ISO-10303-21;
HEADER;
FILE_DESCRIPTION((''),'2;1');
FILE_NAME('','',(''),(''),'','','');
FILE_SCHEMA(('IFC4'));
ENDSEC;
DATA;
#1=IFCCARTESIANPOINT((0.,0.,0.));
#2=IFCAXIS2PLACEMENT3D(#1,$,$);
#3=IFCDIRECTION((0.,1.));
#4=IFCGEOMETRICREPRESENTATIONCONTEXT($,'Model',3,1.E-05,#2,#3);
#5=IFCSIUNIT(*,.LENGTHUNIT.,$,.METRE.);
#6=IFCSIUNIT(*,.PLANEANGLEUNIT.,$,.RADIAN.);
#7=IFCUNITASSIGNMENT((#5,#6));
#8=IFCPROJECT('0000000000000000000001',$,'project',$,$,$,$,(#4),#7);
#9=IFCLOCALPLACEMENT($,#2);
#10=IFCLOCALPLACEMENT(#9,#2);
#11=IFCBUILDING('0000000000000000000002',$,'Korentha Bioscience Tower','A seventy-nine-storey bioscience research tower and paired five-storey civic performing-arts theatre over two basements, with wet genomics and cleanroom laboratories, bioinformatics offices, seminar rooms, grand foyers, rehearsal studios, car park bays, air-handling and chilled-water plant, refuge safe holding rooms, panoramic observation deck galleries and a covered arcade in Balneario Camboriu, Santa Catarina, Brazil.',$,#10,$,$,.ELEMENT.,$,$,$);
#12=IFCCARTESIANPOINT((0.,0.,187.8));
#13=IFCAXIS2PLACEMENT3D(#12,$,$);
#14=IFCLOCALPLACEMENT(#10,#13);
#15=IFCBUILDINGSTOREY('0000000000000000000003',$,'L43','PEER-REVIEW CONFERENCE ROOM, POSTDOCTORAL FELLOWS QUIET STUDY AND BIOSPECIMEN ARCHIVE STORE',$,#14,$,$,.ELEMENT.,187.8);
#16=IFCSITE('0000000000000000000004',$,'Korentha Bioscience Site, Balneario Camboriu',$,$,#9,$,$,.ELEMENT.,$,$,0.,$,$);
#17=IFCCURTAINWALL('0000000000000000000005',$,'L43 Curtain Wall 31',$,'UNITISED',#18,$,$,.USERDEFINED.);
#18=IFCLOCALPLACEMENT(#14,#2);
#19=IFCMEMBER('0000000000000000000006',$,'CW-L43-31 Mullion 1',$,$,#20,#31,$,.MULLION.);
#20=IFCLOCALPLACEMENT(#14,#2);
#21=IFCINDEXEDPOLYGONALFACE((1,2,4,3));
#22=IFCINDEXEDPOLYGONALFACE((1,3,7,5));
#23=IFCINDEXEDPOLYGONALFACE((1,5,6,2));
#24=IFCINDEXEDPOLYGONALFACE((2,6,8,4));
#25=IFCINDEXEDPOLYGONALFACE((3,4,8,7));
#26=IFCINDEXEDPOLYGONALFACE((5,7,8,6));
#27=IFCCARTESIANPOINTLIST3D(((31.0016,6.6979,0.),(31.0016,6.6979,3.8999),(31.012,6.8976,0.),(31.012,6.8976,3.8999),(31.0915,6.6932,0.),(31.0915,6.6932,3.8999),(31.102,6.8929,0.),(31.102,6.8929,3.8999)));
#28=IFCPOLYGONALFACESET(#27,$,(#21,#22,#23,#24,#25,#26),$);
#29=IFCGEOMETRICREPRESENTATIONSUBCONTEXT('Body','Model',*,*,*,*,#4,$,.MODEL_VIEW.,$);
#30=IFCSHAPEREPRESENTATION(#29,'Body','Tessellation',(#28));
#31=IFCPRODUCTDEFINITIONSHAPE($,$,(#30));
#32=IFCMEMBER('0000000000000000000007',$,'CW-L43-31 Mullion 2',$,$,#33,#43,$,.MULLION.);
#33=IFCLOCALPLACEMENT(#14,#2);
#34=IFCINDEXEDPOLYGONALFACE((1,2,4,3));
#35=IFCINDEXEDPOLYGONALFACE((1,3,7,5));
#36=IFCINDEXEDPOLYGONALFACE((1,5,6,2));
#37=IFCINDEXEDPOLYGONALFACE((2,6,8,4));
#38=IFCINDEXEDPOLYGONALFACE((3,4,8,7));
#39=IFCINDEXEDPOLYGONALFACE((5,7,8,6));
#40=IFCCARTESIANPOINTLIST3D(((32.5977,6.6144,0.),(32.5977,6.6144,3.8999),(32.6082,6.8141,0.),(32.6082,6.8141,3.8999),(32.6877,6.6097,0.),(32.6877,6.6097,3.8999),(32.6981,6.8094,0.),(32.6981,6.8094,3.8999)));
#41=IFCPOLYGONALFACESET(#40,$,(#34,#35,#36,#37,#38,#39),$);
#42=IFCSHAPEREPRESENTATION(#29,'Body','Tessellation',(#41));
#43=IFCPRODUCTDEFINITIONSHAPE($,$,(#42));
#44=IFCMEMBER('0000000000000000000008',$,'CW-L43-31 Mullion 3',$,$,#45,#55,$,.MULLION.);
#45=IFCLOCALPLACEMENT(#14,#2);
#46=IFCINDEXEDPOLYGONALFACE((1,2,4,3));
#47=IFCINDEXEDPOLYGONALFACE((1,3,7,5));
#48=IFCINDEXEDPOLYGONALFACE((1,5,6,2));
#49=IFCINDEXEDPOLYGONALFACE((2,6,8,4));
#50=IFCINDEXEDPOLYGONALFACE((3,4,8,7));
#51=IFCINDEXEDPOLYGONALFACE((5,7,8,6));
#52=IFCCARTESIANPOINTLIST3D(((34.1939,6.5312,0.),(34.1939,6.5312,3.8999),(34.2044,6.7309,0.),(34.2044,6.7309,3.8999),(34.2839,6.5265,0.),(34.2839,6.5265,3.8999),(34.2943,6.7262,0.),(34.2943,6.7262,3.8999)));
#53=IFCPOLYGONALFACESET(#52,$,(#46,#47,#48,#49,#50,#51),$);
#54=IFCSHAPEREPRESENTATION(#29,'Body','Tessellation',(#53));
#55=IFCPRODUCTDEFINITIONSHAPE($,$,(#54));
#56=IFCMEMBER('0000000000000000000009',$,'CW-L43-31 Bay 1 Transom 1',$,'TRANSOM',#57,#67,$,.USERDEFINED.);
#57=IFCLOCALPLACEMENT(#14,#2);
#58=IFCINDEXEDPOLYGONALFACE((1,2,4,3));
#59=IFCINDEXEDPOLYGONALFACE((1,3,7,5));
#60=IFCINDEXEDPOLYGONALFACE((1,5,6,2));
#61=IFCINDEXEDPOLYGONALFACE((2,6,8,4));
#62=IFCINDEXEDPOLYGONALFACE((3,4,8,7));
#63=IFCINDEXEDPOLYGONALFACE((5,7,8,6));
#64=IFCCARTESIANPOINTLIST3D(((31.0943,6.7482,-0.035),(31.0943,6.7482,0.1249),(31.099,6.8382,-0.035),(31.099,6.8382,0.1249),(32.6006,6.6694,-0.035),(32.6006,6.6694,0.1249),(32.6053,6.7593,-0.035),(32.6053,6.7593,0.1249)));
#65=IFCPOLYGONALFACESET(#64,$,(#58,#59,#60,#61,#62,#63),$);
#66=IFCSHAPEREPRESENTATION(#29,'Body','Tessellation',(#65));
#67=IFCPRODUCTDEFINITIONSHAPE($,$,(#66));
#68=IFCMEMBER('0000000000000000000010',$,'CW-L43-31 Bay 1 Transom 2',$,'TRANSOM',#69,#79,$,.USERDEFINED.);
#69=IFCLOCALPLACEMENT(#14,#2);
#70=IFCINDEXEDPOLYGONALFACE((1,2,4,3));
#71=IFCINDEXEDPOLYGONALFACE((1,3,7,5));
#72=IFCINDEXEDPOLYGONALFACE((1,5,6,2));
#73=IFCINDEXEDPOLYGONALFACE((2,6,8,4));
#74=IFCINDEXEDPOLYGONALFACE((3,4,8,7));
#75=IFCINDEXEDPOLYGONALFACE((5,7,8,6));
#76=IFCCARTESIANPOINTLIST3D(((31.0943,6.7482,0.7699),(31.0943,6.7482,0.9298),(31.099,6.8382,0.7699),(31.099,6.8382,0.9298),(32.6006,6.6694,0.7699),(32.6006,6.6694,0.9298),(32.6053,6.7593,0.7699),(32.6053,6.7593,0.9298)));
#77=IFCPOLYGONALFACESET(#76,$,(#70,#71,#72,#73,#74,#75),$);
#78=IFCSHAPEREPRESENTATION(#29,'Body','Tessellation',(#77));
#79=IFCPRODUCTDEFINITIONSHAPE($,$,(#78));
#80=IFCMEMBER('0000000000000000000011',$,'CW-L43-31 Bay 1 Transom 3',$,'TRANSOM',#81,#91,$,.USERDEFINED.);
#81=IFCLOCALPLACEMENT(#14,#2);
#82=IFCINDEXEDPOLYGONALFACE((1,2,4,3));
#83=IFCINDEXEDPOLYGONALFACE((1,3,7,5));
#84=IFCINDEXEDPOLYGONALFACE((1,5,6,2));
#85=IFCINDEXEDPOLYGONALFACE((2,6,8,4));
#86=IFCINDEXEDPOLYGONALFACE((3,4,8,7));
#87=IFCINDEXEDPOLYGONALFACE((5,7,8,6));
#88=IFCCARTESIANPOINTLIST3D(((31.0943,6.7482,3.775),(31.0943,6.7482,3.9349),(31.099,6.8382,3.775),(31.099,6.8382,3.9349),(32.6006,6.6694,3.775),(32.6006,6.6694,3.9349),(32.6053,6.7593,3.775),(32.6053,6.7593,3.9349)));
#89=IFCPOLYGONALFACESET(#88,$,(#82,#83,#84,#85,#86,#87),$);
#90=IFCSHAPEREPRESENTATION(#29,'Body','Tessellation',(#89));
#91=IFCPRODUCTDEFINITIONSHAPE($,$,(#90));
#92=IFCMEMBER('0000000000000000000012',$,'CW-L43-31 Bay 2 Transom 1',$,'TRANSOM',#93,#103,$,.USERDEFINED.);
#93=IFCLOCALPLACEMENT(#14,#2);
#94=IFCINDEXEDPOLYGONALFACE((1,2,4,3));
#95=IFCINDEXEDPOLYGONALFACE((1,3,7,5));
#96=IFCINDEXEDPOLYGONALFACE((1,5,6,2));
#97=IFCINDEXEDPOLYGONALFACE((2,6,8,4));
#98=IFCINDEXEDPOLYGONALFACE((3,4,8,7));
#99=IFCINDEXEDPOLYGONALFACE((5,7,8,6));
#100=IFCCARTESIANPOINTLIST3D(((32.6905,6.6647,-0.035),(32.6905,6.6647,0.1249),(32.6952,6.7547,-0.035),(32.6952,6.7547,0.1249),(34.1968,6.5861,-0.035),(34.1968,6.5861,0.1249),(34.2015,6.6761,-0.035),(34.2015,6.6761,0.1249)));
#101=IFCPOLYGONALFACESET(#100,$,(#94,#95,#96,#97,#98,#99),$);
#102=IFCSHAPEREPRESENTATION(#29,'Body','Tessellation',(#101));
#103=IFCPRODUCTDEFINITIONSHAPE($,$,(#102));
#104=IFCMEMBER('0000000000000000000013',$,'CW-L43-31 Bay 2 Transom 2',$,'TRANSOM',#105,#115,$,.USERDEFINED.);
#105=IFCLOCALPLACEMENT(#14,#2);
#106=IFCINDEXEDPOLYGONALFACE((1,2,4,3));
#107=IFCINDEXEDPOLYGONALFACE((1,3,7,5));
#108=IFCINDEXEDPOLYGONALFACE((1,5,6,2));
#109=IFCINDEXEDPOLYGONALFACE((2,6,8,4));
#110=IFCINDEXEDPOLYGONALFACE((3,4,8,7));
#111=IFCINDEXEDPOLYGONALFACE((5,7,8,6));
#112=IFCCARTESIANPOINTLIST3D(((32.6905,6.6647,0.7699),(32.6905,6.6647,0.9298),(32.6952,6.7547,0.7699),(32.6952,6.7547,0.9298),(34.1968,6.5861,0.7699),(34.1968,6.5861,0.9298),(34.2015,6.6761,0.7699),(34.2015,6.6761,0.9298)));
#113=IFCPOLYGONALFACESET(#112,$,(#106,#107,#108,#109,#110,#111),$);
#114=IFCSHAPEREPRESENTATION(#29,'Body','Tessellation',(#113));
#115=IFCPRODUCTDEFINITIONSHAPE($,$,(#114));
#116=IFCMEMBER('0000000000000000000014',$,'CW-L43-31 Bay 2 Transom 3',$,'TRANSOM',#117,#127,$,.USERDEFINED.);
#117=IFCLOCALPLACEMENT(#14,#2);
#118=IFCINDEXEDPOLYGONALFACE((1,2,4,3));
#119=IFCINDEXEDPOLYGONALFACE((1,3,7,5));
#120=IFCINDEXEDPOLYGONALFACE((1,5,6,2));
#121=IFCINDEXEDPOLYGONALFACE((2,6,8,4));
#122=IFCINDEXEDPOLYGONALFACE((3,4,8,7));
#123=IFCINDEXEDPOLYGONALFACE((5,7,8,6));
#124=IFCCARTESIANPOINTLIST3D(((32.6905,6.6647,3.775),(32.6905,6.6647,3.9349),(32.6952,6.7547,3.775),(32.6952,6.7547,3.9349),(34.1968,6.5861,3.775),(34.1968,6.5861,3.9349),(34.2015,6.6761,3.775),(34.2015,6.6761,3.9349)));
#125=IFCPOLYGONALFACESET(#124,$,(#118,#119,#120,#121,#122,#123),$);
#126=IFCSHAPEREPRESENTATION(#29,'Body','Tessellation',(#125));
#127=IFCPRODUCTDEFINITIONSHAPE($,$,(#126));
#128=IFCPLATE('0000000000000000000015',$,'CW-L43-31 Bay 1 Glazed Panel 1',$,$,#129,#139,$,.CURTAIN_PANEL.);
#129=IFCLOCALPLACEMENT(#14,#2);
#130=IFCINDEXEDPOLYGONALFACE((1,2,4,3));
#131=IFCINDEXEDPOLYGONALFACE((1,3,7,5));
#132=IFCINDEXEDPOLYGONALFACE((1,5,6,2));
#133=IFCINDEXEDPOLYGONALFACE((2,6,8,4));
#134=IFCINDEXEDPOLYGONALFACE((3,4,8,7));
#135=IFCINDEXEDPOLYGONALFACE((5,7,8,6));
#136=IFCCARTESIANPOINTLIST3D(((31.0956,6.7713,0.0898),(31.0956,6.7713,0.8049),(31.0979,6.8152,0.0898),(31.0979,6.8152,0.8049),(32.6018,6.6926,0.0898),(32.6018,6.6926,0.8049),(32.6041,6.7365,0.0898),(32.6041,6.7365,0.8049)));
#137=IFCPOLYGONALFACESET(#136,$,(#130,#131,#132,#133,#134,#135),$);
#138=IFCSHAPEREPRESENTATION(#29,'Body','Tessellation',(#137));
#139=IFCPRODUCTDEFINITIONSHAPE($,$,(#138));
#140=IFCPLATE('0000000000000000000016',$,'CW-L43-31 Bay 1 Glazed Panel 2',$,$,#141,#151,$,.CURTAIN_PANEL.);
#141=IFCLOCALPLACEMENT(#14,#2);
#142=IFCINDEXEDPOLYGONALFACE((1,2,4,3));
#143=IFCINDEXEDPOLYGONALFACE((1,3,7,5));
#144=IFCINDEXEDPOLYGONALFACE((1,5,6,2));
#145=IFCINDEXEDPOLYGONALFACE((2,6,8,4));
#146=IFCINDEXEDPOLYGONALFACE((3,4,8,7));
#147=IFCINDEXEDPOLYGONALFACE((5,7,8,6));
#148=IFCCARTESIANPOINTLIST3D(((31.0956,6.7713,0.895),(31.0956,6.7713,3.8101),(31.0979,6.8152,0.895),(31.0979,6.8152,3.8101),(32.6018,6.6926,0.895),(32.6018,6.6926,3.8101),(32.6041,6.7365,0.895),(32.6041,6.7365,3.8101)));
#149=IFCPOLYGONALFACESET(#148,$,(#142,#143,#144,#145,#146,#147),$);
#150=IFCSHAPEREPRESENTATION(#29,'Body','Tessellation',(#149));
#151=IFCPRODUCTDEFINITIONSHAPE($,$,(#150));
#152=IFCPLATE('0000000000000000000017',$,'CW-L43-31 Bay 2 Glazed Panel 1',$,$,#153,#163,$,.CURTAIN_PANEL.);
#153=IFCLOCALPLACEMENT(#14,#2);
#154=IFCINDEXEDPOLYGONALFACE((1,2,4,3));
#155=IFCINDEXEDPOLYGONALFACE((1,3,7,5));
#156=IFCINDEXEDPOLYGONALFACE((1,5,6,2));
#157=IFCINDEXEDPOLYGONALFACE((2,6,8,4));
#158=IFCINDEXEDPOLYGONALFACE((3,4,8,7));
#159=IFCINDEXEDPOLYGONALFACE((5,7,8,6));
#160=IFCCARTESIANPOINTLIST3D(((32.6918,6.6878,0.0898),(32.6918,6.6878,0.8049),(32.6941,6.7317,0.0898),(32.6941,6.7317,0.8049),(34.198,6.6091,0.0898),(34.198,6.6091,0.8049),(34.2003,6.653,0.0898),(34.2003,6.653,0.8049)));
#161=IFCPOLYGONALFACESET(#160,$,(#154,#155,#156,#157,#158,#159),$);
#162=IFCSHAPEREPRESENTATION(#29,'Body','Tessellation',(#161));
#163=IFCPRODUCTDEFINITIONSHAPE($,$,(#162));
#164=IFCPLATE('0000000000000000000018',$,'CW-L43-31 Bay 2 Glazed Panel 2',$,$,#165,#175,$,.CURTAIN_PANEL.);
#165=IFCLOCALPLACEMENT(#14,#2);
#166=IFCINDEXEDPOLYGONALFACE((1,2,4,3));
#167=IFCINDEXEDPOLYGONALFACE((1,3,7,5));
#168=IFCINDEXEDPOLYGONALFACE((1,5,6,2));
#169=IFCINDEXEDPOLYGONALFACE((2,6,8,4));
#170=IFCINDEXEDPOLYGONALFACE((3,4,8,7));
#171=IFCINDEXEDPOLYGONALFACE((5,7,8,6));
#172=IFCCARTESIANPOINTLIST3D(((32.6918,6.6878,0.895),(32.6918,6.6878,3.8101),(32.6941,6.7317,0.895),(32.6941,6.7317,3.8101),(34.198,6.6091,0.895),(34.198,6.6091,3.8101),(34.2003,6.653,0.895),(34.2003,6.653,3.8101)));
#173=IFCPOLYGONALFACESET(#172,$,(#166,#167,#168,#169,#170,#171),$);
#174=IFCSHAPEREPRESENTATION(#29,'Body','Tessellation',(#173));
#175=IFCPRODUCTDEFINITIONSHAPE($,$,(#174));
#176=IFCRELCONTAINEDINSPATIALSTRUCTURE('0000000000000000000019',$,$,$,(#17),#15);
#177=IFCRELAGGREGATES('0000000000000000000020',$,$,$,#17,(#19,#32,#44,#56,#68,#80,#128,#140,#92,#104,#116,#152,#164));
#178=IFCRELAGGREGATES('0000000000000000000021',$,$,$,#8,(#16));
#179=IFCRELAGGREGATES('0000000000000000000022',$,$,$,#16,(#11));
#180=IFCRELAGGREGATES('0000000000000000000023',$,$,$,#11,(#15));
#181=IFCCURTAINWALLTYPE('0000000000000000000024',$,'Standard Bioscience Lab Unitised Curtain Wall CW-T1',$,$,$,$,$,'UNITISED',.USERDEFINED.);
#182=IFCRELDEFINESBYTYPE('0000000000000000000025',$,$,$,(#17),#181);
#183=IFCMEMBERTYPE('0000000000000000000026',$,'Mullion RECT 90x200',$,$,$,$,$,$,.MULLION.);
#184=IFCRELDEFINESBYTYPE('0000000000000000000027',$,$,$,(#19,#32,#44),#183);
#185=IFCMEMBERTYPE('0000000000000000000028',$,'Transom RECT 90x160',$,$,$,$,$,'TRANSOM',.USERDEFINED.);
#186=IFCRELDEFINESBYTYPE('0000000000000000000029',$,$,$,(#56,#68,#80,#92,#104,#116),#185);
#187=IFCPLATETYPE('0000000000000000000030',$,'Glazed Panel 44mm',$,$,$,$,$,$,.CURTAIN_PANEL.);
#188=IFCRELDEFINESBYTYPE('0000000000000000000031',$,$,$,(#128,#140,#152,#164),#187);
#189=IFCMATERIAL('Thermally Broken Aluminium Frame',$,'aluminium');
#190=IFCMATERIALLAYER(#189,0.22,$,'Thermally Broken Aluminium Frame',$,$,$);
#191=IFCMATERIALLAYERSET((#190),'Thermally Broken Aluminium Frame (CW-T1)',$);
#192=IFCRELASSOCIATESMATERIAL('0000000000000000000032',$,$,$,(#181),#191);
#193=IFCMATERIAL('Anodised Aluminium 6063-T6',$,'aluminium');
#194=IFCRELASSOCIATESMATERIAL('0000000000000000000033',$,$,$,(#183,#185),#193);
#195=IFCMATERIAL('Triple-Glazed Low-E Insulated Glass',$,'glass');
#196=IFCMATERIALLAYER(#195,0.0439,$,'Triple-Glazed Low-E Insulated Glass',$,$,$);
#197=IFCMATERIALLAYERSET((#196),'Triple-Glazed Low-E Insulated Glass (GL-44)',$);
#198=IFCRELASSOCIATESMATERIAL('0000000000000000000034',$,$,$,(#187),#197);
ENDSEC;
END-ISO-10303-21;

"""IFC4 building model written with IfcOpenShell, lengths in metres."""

from ifc_helpers import new_model, si_unit, direction, frame, origin, origin_2d, place, context, subcontext, project, spatial, rectangle, extrude, material, layer, layer_set, material_profile, profile_set, type_object, element, aggregate, save


model = new_model("IFC4")

# Units and contexts
model_context = context("Model", 3, precision=1e-05, world=origin(), true_north=direction((0.0, 1.0)))
body_context = subcontext(model_context, "Body", "Model", "MODEL_VIEW")
ifc_project = project(units=[si_unit("LENGTHUNIT", "METRE"), si_unit("PLANEANGLEUNIT", "RADIAN")], contexts=[model_context])

# Site, building, storey
site_placement = place(None, origin())
site = spatial("IfcSite", under=ifc_project, at=site_placement, Name="Korentha Bioscience Site, Balneario Camboriu", CompositionType="ELEMENT", RefElevation=0.0)
building_placement = place(site_placement, origin())
building = spatial("IfcBuilding", under=site, at=building_placement, Name="Korentha Bioscience Tower", Description="A seventy-nine-storey bioscience research tower and paired five-storey civic performing-arts theatre over two basements, with wet genomics and cleanroom laboratories, bioinformatics offices, seminar rooms, grand foyers, rehearsal studios, car park bays, air-handling and chilled-water plant, refuge safe holding rooms, panoramic observation deck galleries and a covered arcade in Balneario Camboriu, Santa Catarina, Brazil.", CompositionType="ELEMENT")
storey_placement = place(building_placement, frame((0.0, 0.0, 187.8)))
storey = spatial("IfcBuildingStorey", under=building, at=storey_placement, Name="L43", Description="PEER-REVIEW CONFERENCE ROOM, POSTDOCTORAL FELLOWS QUIET STUDY AND BIOSPECIMEN ARCHIVE STORE", CompositionType="ELEMENT", Elevation=187.8)

# Curtain wall, members, plates
ifc_material_1 = material(Name="Thermally Broken Aluminium Frame", Category="aluminium")
ifc_layer_1 = layer(ifc_material_1, 0.22, Name="Thermally Broken Aluminium Frame")
ifc_layer_set_1 = layer_set([ifc_layer_1], Name="Thermally Broken Aluminium Frame (CW-T1)")
curtain_wall_type = type_object("IfcCurtainWallType", Name="Standard Bioscience Lab Unitised Curtain Wall CW-T1", ElementType="UNITISED", PredefinedType="USERDEFINED", material=ifc_layer_set_1)
curtain_wall_placement = place(storey_placement, origin())
curtain_wall = element("IfcCurtainWall", 1, at=curtain_wall_placement, inside=storey, type_object=curtain_wall_type, Name="L43 Curtain Wall 31", ObjectType="UNITISED", PredefinedType="USERDEFINED")
ifc_material_2 = material(Name="Anodised Aluminium 6063-T6", Category="aluminium")
ifc_material_profile_1 = material_profile(ifc_material_2, rectangle(XDim=0.0901, YDim=0.2, at=origin_2d()), Name="Anodised Aluminium 6063-T6")
ifc_profile_set_1 = profile_set([ifc_material_profile_1], Name="Anodised Aluminium 6063-T6 (CW-MUL)")
member_type_1 = type_object("IfcMemberType", Name="Mullion RECT 90x200", PredefinedType="MULLION", material=ifc_profile_set_1)
member_1_placement = place(storey_placement, frame((31.0518, 6.7954, 0.0), z_axis=(0.0, 0.0, 1.0), x_axis=(0.998638, -0.05218, 0.0)))
member_1 = element("IfcMember", 2, at=member_1_placement, type_object=member_type_1, Name="CW-L43-31 Mullion 1", PredefinedType="MULLION", context=body_context, shape_type="SweptSolid", body=[
    extrude(rectangle(XDim=0.0901, YDim=0.2, at=origin_2d()), origin(), (0.0, 0.0, 1.0), 3.8999),
])
member_2_placement = place(storey_placement, frame((32.6479, 6.7119, 0.0), z_axis=(0.0, 0.0, 1.0), x_axis=(0.998638, -0.05218, 0.0)))
member_2 = element("IfcMember", 3, at=member_2_placement, type_object=member_type_1, Name="CW-L43-31 Mullion 2", PredefinedType="MULLION", context=body_context, shape_type="SweptSolid", body=[
    extrude(rectangle(XDim=0.0901, YDim=0.2, at=origin_2d()), origin(), (0.0, 0.0, 1.0), 3.8999),
])
member_3_placement = place(storey_placement, frame((34.2441, 6.6287, 0.0), z_axis=(0.0, 0.0, 1.0), x_axis=(0.998638, -0.05218, 0.0)))
member_3 = element("IfcMember", 4, at=member_3_placement, type_object=member_type_1, Name="CW-L43-31 Mullion 3", PredefinedType="MULLION", context=body_context, shape_type="SweptSolid", body=[
    extrude(rectangle(XDim=0.0901, YDim=0.2, at=origin_2d()), origin(), (0.0, 0.0, 1.0), 3.8999),
])
ifc_material_profile_2 = material_profile(ifc_material_2, rectangle(XDim=0.0901, YDim=0.1599, at=origin_2d()), Name="Anodised Aluminium 6063-T6")
ifc_profile_set_2 = profile_set([ifc_material_profile_2], Name="Anodised Aluminium 6063-T6 (CW-TRN)")
member_type_2 = type_object("IfcMemberType", Name="Transom RECT 90x160", ElementType="TRANSOM", PredefinedType="USERDEFINED", material=ifc_profile_set_2)
member_4_placement = place(storey_placement, frame((31.0967, 6.7932, 0.0449), z_axis=(0.998633, -0.052278, 0.0), x_axis=(0.052278, 0.998633, 0.0)))
member_4 = element("IfcMember", 5, at=member_4_placement, type_object=member_type_2, Name="CW-L43-31 Bay 1 Transom 1", ObjectType="TRANSOM", PredefinedType="USERDEFINED", context=body_context, shape_type="SweptSolid", body=[
    extrude(rectangle(XDim=0.0901, YDim=0.1599, at=origin_2d()), origin(), (0.0, 0.0, 1.0), 1.5083),
])
member_5_placement = place(storey_placement, frame((31.0967, 6.7932, 0.8499), z_axis=(0.998633, -0.052278, 0.0), x_axis=(0.052278, 0.998633, 0.0)))
member_5 = element("IfcMember", 6, at=member_5_placement, type_object=member_type_2, Name="CW-L43-31 Bay 1 Transom 2", ObjectType="TRANSOM", PredefinedType="USERDEFINED", context=body_context, shape_type="SweptSolid", body=[
    extrude(rectangle(XDim=0.0901, YDim=0.1599, at=origin_2d()), origin(), (0.0, 0.0, 1.0), 1.5083),
])
member_6_placement = place(storey_placement, frame((31.0967, 6.7932, 3.855), z_axis=(0.998633, -0.052278, 0.0), x_axis=(0.052278, 0.998633, 0.0)))
member_6 = element("IfcMember", 7, at=member_6_placement, type_object=member_type_2, Name="CW-L43-31 Bay 1 Transom 3", ObjectType="TRANSOM", PredefinedType="USERDEFINED", context=body_context, shape_type="SweptSolid", body=[
    extrude(rectangle(XDim=0.0901, YDim=0.1599, at=origin_2d()), origin(), (0.0, 0.0, 1.0), 1.5083),
])
member_7_placement = place(storey_placement, frame((32.6929, 6.7097, 0.0449), z_axis=(0.998641, -0.052117, 0.0), x_axis=(0.052117, 0.998641, 0.0)))
member_7 = element("IfcMember", 8, at=member_7_placement, type_object=member_type_2, Name="CW-L43-31 Bay 2 Transom 1", ObjectType="TRANSOM", PredefinedType="USERDEFINED", context=body_context, shape_type="SweptSolid", body=[
    extrude(rectangle(XDim=0.0901, YDim=0.1599, at=origin_2d()), origin(), (0.0, 0.0, 1.0), 1.5083),
])
member_8_placement = place(storey_placement, frame((32.6929, 6.7097, 0.8499), z_axis=(0.998641, -0.052117, 0.0), x_axis=(0.052117, 0.998641, 0.0)))
member_8 = element("IfcMember", 9, at=member_8_placement, type_object=member_type_2, Name="CW-L43-31 Bay 2 Transom 2", ObjectType="TRANSOM", PredefinedType="USERDEFINED", context=body_context, shape_type="SweptSolid", body=[
    extrude(rectangle(XDim=0.0901, YDim=0.1599, at=origin_2d()), origin(), (0.0, 0.0, 1.0), 1.5083),
])
member_9_placement = place(storey_placement, frame((32.6929, 6.7097, 3.855), z_axis=(0.998641, -0.052117, 0.0), x_axis=(0.052117, 0.998641, 0.0)))
member_9 = element("IfcMember", 10, at=member_9_placement, type_object=member_type_2, Name="CW-L43-31 Bay 2 Transom 3", ObjectType="TRANSOM", PredefinedType="USERDEFINED", context=body_context, shape_type="SweptSolid", body=[
    extrude(rectangle(XDim=0.0901, YDim=0.1599, at=origin_2d()), origin(), (0.0, 0.0, 1.0), 1.5083),
])
ifc_material_3 = material(Name="Triple-Glazed Low-E Insulated Glass", Category="glass")
ifc_layer_2 = layer(ifc_material_3, 0.0439, Name="Triple-Glazed Low-E Insulated Glass")
ifc_layer_set_2 = layer_set([ifc_layer_2], Name="Triple-Glazed Low-E Insulated Glass (GL-44)")
plate_type = type_object("IfcPlateType", Name="Glazed Panel 44mm", PredefinedType="CURTAIN_PANEL", material=ifc_layer_set_2)
plate_1_placement = place(storey_placement, frame((31.8499, 6.7539, 0.0898), z_axis=(0.0, 0.0, 1.0), x_axis=(0.998638, -0.05218, 0.0)))
plate_1 = element("IfcPlate", 11, at=plate_1_placement, type_object=plate_type, Name="CW-L43-31 Bay 1 Glazed Panel 1", PredefinedType="CURTAIN_PANEL", context=body_context, shape_type="SweptSolid", body=[
    extrude(rectangle(XDim=1.5083, YDim=0.0439, at=origin_2d()), origin(), (0.0, 0.0, 1.0), 0.7151),
])
plate_2_placement = place(storey_placement, frame((31.8499, 6.7539, 0.895), z_axis=(0.0, 0.0, 1.0), x_axis=(0.998638, -0.05218, 0.0)))
plate_2 = element("IfcPlate", 12, at=plate_2_placement, type_object=plate_type, Name="CW-L43-31 Bay 1 Glazed Panel 2", PredefinedType="CURTAIN_PANEL", context=body_context, shape_type="SweptSolid", body=[
    extrude(rectangle(XDim=1.5083, YDim=0.0439, at=origin_2d()), origin(), (0.0, 0.0, 1.0), 2.915),
])
plate_3_placement = place(storey_placement, frame((33.446, 6.6704, 0.0898), z_axis=(0.0, 0.0, 1.0), x_axis=(0.998638, -0.05218, 0.0)))
plate_3 = element("IfcPlate", 13, at=plate_3_placement, type_object=plate_type, Name="CW-L43-31 Bay 2 Glazed Panel 1", PredefinedType="CURTAIN_PANEL", context=body_context, shape_type="SweptSolid", body=[
    extrude(rectangle(XDim=1.5083, YDim=0.0439, at=origin_2d()), origin(), (0.0, 0.0, 1.0), 0.7151),
])
plate_4_placement = place(storey_placement, frame((33.446, 6.6704, 0.895), z_axis=(0.0, 0.0, 1.0), x_axis=(0.998638, -0.05218, 0.0)))
plate_4 = element("IfcPlate", 14, at=plate_4_placement, type_object=plate_type, Name="CW-L43-31 Bay 2 Glazed Panel 2", PredefinedType="CURTAIN_PANEL", context=body_context, shape_type="SweptSolid", body=[
    extrude(rectangle(XDim=1.5083, YDim=0.0439, at=origin_2d()), origin(), (0.0, 0.0, 1.0), 2.915),
])
aggregate(curtain_wall, [member_1, member_2, member_3, member_4, member_5, member_6, plate_1, plate_2, member_7, member_8, member_9, plate_3, plate_4])

save(model, "model.ifc")
